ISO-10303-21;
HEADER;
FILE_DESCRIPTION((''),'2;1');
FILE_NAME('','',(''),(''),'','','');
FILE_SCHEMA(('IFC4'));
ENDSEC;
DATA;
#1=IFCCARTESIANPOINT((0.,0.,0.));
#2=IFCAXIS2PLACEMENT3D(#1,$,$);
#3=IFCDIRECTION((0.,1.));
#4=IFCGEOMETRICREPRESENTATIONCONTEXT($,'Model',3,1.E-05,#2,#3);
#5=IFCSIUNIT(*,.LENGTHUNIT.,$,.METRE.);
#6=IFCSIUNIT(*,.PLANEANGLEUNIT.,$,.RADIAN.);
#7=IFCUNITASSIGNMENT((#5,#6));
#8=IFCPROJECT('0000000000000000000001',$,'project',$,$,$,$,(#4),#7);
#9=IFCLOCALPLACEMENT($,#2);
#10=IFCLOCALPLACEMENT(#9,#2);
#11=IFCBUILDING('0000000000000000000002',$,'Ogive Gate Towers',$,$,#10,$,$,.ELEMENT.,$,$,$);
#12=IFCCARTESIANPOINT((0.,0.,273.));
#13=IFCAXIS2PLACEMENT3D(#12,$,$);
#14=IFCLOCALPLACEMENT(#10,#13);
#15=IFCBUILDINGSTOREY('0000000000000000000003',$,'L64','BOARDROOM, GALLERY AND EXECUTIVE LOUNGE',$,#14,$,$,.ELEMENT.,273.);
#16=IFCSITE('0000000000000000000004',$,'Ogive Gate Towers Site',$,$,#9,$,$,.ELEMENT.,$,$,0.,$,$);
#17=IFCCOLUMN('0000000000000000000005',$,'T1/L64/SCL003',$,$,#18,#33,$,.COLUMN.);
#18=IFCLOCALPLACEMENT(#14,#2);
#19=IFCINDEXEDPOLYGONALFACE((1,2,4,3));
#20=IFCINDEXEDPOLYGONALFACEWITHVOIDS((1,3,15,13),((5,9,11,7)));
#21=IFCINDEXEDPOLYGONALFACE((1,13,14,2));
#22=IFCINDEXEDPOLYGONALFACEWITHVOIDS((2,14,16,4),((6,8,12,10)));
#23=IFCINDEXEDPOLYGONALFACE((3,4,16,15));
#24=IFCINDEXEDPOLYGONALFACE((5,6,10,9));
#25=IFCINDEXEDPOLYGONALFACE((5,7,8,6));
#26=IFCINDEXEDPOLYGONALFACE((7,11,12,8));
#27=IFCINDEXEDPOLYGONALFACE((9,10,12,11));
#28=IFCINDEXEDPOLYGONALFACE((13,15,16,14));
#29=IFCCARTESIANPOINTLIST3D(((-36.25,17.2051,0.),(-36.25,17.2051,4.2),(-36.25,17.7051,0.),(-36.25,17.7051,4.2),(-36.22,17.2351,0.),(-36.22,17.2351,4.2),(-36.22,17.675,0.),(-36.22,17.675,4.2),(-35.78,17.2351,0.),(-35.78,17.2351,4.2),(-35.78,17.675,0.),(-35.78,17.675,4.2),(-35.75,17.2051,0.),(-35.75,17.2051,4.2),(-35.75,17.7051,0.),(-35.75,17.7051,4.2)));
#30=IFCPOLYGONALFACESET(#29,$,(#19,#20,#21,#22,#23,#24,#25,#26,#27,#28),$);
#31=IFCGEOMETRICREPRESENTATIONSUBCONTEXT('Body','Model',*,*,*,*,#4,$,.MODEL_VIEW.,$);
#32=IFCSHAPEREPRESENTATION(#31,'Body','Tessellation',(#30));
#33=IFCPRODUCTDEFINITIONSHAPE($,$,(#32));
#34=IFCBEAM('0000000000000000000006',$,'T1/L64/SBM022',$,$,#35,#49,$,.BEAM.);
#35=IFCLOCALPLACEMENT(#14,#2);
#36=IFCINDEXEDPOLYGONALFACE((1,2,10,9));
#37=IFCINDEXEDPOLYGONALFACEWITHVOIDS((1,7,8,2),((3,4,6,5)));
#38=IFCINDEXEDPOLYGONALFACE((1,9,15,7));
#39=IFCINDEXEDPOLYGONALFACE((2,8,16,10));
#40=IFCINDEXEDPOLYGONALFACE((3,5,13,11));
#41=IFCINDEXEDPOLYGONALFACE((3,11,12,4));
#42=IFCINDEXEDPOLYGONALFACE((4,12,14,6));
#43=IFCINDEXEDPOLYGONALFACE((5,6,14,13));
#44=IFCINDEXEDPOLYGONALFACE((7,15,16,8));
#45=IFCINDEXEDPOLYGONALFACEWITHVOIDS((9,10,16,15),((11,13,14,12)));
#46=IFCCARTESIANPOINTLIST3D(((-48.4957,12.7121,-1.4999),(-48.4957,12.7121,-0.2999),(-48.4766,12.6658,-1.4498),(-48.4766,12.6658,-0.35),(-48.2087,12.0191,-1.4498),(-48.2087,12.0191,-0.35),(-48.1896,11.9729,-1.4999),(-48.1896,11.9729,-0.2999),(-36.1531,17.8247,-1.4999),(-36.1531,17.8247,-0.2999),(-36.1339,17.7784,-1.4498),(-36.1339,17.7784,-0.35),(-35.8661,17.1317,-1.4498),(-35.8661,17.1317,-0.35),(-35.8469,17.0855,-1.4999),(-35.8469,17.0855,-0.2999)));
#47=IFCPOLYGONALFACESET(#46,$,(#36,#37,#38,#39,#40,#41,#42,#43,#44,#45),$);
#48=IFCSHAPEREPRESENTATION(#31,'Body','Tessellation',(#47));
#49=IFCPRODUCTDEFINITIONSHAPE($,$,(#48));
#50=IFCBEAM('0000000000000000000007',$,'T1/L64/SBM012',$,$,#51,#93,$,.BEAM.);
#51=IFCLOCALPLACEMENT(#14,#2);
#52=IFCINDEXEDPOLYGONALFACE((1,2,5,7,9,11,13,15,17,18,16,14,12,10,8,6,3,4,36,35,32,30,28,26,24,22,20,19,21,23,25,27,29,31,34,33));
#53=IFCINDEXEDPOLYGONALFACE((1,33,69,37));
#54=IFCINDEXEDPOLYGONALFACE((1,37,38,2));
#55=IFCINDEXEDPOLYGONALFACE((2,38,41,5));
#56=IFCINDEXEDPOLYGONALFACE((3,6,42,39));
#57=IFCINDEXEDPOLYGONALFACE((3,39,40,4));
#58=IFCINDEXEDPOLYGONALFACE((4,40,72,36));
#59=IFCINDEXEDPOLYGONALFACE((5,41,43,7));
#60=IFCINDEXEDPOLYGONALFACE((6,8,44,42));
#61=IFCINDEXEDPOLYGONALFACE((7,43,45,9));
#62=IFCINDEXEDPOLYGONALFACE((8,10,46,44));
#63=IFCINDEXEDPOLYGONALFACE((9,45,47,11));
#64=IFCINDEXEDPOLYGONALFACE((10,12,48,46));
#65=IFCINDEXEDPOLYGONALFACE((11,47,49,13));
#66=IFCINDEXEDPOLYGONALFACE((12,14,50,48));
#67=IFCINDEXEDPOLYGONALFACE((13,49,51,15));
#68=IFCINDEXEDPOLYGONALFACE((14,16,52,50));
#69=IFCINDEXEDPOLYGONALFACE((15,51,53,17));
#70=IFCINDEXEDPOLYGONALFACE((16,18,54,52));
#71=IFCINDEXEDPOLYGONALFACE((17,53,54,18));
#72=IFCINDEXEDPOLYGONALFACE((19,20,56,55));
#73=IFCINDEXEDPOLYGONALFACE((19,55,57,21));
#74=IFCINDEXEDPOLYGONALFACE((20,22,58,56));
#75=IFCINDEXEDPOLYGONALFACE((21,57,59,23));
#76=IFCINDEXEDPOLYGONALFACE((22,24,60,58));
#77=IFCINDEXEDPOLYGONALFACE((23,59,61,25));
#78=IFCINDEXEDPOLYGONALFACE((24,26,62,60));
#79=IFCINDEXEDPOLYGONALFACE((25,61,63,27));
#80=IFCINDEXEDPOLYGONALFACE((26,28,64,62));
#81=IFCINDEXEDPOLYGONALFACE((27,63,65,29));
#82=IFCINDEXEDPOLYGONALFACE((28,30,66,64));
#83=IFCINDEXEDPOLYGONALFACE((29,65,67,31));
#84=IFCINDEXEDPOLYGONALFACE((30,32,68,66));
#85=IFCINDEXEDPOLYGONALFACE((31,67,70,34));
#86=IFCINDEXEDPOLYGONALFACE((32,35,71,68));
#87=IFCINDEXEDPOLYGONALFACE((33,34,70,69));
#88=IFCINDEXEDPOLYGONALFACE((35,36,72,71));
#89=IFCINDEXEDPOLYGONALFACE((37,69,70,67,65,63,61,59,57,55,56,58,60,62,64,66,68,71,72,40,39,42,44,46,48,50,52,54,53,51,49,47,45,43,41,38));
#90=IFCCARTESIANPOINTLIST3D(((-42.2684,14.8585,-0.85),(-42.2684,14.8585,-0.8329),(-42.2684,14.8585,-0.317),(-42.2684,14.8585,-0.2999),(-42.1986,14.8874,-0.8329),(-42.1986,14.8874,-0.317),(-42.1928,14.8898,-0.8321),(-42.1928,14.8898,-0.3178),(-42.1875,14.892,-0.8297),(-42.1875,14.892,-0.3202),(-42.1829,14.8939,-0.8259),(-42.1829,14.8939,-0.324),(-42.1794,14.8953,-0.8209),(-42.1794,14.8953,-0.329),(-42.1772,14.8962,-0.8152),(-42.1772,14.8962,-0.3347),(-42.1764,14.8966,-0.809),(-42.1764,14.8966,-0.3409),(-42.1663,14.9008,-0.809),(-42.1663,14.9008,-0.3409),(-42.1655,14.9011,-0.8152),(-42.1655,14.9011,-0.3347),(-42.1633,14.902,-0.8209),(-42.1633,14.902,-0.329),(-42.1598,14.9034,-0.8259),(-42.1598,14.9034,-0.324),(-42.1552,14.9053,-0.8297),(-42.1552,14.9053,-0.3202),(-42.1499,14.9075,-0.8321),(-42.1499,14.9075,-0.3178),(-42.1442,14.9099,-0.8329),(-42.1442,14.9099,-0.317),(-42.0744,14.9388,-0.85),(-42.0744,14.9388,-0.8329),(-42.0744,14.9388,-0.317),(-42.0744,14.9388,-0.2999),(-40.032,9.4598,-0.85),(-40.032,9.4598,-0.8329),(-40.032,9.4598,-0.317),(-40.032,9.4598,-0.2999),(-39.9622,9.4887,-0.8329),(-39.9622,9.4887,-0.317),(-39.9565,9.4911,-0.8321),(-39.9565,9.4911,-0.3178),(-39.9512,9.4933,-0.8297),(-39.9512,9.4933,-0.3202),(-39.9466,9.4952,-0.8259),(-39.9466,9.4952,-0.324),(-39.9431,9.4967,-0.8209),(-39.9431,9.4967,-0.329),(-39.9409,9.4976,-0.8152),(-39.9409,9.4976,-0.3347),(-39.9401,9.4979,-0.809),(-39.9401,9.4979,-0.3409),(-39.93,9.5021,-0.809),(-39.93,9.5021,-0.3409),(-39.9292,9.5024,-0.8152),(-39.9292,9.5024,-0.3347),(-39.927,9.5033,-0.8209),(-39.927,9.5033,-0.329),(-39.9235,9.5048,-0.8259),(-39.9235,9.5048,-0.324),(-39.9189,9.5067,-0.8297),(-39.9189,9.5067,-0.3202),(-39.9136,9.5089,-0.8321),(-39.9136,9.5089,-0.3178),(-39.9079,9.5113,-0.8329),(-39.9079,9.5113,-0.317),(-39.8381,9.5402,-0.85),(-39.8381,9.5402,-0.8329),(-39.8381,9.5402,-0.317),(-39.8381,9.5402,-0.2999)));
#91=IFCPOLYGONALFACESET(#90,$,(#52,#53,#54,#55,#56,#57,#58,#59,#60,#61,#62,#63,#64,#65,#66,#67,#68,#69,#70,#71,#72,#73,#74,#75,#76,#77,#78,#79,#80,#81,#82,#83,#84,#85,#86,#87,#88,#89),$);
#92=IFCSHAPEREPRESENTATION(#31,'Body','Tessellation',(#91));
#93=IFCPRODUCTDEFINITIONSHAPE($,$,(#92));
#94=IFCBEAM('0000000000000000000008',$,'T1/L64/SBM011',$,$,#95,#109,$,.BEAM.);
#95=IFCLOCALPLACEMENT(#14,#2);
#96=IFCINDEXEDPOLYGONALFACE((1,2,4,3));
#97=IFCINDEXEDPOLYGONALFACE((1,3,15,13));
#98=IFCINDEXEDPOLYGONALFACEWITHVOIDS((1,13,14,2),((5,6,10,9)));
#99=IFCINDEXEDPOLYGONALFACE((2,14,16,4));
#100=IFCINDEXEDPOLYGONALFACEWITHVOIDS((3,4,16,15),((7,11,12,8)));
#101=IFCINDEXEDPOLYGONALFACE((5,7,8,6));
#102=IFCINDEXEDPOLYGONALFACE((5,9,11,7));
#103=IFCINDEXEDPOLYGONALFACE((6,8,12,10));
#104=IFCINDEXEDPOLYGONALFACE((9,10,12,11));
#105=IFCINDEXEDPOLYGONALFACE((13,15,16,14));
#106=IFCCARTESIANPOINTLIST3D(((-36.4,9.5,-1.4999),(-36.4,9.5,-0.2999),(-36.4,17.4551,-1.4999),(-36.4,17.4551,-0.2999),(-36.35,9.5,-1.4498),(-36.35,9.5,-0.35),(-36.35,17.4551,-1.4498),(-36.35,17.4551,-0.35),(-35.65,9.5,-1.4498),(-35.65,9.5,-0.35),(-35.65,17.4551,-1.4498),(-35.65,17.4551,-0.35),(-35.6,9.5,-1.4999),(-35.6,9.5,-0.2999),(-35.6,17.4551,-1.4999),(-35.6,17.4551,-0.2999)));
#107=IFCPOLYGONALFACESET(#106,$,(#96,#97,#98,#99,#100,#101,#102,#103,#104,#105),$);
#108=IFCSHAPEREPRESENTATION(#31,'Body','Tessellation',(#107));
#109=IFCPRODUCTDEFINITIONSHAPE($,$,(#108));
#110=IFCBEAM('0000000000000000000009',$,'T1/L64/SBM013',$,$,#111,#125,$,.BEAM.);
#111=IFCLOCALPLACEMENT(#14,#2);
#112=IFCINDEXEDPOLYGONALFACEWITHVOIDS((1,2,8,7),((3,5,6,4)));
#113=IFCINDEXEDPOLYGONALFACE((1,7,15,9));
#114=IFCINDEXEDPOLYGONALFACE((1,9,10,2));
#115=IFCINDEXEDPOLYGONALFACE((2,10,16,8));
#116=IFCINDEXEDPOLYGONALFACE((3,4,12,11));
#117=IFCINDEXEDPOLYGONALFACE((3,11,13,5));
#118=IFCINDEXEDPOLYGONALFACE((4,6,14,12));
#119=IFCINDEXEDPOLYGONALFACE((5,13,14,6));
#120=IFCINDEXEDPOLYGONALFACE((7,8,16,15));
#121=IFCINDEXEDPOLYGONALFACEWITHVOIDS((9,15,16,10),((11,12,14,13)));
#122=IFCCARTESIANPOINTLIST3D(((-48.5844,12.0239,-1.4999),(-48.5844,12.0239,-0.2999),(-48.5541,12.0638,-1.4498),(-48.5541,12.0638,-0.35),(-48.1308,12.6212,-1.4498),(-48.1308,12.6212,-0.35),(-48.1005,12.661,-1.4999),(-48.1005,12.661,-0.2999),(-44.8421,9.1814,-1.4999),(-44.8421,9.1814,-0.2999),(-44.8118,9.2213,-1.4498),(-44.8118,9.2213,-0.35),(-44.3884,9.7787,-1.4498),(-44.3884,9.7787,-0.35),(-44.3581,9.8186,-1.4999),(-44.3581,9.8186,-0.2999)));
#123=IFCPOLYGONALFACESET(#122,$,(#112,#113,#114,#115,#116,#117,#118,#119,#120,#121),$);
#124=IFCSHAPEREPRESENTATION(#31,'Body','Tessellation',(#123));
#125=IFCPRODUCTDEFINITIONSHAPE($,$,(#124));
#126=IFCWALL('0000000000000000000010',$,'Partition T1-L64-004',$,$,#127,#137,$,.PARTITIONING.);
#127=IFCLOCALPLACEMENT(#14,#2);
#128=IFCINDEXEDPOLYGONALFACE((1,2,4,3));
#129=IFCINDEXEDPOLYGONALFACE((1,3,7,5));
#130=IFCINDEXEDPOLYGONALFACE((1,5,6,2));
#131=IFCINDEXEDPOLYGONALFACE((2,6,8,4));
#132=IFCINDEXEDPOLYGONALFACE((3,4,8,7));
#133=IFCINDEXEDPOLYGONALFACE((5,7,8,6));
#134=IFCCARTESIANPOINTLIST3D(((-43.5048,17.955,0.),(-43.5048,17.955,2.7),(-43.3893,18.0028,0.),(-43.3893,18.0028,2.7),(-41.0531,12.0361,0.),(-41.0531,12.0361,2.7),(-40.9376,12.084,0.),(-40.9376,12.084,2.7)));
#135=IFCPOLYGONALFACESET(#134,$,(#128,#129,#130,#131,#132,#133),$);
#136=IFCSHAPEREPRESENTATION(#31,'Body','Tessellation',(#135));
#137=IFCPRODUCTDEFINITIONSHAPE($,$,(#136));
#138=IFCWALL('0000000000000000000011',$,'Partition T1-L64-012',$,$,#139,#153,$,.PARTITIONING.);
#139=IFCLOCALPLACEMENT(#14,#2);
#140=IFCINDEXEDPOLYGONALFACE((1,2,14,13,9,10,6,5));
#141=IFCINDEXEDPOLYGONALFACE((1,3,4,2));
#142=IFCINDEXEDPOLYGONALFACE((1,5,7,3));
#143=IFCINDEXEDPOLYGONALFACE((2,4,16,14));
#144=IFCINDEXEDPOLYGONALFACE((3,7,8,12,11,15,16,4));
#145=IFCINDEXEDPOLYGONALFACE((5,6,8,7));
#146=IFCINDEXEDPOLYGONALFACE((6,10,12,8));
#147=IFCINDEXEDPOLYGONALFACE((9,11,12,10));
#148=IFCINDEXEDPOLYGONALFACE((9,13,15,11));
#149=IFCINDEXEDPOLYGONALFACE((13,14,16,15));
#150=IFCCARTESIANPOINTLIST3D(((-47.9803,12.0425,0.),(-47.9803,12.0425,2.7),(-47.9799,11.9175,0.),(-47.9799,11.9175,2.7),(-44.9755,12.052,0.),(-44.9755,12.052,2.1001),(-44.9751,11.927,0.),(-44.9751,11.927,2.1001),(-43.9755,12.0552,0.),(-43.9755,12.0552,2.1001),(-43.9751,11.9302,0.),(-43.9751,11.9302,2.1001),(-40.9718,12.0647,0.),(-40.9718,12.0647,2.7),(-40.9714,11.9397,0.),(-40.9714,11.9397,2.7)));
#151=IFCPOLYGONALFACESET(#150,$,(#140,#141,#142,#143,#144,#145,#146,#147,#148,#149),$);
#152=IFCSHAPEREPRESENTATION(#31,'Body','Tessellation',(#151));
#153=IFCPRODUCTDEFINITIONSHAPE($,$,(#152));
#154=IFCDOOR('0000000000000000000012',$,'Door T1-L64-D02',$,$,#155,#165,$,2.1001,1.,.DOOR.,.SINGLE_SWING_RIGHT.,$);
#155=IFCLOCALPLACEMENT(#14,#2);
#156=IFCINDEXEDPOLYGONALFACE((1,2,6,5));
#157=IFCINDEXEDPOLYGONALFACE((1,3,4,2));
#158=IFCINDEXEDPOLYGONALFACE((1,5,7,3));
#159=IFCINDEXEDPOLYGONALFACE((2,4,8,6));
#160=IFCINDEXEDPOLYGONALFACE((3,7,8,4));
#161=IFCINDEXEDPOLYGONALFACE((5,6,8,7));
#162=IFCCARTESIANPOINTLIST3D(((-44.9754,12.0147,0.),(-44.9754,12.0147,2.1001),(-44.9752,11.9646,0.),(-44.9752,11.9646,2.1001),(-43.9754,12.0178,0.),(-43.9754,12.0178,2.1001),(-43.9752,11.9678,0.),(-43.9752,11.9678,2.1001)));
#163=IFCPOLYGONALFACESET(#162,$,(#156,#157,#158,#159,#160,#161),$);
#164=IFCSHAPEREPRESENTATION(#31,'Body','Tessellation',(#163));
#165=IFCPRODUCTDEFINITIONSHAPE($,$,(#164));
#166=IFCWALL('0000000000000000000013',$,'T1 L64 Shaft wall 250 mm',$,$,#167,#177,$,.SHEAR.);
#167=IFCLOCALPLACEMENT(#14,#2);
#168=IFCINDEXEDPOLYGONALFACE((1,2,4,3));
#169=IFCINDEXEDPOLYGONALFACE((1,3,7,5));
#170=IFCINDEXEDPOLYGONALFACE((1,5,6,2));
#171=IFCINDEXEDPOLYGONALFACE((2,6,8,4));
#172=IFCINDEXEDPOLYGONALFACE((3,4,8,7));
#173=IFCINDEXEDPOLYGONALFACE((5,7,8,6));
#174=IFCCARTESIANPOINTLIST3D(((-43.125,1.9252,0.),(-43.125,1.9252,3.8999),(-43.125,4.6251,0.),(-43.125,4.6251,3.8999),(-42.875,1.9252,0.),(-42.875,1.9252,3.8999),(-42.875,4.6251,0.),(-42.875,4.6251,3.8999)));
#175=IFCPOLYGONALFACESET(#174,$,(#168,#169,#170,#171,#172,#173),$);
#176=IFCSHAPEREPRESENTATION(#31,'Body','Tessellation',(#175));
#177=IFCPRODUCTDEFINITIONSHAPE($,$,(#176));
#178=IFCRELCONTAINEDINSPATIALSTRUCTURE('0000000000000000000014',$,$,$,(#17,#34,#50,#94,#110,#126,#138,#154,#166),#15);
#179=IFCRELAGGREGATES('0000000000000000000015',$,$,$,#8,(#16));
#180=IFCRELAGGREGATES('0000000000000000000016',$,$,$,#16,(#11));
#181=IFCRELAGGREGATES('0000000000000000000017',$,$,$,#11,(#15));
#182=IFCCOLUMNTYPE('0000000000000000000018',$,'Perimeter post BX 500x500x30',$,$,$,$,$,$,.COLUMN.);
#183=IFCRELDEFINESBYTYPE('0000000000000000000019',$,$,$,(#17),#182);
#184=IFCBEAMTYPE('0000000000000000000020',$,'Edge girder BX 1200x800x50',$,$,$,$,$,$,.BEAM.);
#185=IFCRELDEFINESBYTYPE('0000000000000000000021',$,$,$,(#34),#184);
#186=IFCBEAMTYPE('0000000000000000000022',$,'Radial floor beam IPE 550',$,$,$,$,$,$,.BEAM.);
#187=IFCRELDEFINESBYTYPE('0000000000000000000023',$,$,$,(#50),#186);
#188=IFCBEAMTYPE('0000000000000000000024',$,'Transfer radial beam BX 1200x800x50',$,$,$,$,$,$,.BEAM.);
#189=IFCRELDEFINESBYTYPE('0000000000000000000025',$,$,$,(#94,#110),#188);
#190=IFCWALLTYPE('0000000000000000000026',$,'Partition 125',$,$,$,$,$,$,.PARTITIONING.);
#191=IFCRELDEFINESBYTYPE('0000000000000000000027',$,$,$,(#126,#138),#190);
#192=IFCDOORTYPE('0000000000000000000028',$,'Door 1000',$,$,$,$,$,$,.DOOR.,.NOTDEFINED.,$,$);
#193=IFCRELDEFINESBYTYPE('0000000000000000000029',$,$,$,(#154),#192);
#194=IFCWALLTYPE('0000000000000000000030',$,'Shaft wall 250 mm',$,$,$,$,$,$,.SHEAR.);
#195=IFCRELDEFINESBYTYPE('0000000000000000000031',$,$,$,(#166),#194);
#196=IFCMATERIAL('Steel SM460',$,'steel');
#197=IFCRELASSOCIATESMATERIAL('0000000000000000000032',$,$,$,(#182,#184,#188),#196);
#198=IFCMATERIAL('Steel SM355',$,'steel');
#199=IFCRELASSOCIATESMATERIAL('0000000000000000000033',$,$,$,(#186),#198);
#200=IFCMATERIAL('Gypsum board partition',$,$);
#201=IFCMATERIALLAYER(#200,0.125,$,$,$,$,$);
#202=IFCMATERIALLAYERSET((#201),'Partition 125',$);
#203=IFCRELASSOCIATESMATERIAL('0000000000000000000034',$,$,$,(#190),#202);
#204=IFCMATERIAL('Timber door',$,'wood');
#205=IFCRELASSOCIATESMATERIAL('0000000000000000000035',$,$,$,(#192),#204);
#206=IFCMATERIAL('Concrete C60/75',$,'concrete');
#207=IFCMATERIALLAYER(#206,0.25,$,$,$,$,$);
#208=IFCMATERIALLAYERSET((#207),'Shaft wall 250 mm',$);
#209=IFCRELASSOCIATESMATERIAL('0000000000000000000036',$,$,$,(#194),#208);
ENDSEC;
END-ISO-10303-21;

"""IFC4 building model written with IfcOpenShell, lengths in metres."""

from ifc_helpers import new_model, si_unit, direction, frame, frame_2d, origin, origin_2d, place, context, subcontext, project, spatial, rectangle, hollow_rectangle, i_section, extrude, material, layer, layer_set, material_profile, profile_set, type_object, element, fill, save


model = new_model("IFC4")

# Units and contexts
model_context = context("Model", 3, precision=1e-05, world=origin(), true_north=direction((0.0, 1.0)))
body_context = subcontext(model_context, "Body", "Model", "MODEL_VIEW")
ifc_project = project(units=[si_unit("LENGTHUNIT", "METRE"), si_unit("PLANEANGLEUNIT", "RADIAN")], contexts=[model_context])

# Site, building, storey
site_placement = place(None, origin())
site = spatial("IfcSite", under=ifc_project, at=site_placement, Name="Ogive Gate Towers Site", CompositionType="ELEMENT", RefElevation=0.0)
building_placement = place(site_placement, origin())
building = spatial("IfcBuilding", under=site, at=building_placement, Name="Ogive Gate Towers", CompositionType="ELEMENT")
storey_placement = place(building_placement, frame((0.0, 0.0, 273.0)))
storey = spatial("IfcBuildingStorey", under=building, at=storey_placement, Name="L64", Description="BOARDROOM, GALLERY AND EXECUTIVE LOUNGE", CompositionType="ELEMENT", Elevation=273.0)

# Column
ifc_material_1 = material(Name="Steel SM460", Category="steel")
ifc_material_profile_1 = material_profile(ifc_material_1, hollow_rectangle(XDim=0.5, YDim=0.5, WallThickness=0.03, at=origin_2d()), Name="BX 500x500x30")
ifc_profile_set_1 = profile_set([ifc_material_profile_1], Name="Steel SM460")
column_type = type_object("IfcColumnType", Name="Perimeter post BX 500x500x30", PredefinedType="COLUMN", material=ifc_profile_set_1)
column_placement = place(storey_placement, frame((-36.0, 17.4551, 0.0), z_axis=(0.0, 0.0, 1.0), x_axis=(1.0, 0.0, 0.0)))
element("IfcColumn", 1, at=column_placement, inside=storey, type_object=column_type, Name="T1/L64/SCL003", PredefinedType="COLUMN", context=body_context, shape_type="SweptSolid", body=[
    extrude(hollow_rectangle(XDim=0.5, YDim=0.5, WallThickness=0.03, at=origin_2d()), origin(), (0.0, 0.0, 1.0), 4.2),
])

# Beams
ifc_material_profile_2 = material_profile(ifc_material_1, hollow_rectangle(XDim=0.8, YDim=1.2, WallThickness=0.05, at=origin_2d()), Name="BX 1200x800x50")
ifc_profile_set_2 = profile_set([ifc_material_profile_2], Name="Steel SM460")
beam_type_1 = type_object("IfcBeamType", Name="Edge girder BX 1200x800x50", PredefinedType="BEAM", material=ifc_profile_set_2)
beam_1_placement = place(storey_placement, frame((-36.0, 17.4551, -0.8999), z_axis=(-0.923877, -0.38269, 0.0), x_axis=(0.38269, -0.923877, 0.0)))
element("IfcBeam", 2, at=beam_1_placement, inside=storey, type_object=beam_type_1, Name="T1/L64/SBM022", PredefinedType="BEAM", context=body_context, shape_type="SweptSolid", body=[
    extrude(hollow_rectangle(XDim=0.8, YDim=1.2, WallThickness=0.05, at=origin_2d()), origin(), (0.0, 0.0, 1.0), 13.3596),
])
ifc_material_2 = material(Name="Steel SM355", Category="steel")
ifc_material_profile_3 = material_profile(ifc_material_2, i_section(OverallWidth=0.21, OverallDepth=0.55, WebThickness=0.011, FlangeThickness=0.0171, FilletRadius=0.0239, at=origin_2d()), Name="IPE 550")
ifc_profile_set_3 = profile_set([ifc_material_profile_3], Name="Steel SM355")
beam_type_2 = type_object("IfcBeamType", Name="Radial floor beam IPE 550", PredefinedType="BEAM", material=ifc_profile_set_3)
beam_2_placement = place(storey_placement, frame((-39.9351, 9.5, -0.575), z_axis=(-0.382701, 0.923872, 0.0), x_axis=(-0.923872, -0.382701, 0.0)))
element("IfcBeam", 3, at=beam_2_placement, inside=storey, type_object=beam_type_2, Name="T1/L64/SBM012", PredefinedType="BEAM", context=body_context, shape_type="SweptSolid", body=[
    extrude(i_section(OverallWidth=0.21, OverallDepth=0.55, WebThickness=0.011, FlangeThickness=0.0171, FilletRadius=0.0239, at=origin_2d()), origin(), (0.0, 0.0, 1.0), 5.8435),
])
ifc_material_profile_4 = material_profile(ifc_material_1, hollow_rectangle(XDim=0.8, YDim=1.2, WallThickness=0.05, at=origin_2d()), Name="BX 1200x800x50")
ifc_profile_set_4 = profile_set([ifc_material_profile_4], Name="Steel SM460")
beam_type_3 = type_object("IfcBeamType", Name="Transfer radial beam BX 1200x800x50", PredefinedType="BEAM", material=ifc_profile_set_4)
beam_3_placement = place(storey_placement, frame((-36.0, 9.5, -0.8999), z_axis=(0.0, 1.0, 0.0), x_axis=(-1.0, 0.0, 0.0)))
element("IfcBeam", 4, at=beam_3_placement, inside=storey, type_object=beam_type_3, Name="T1/L64/SBM011", PredefinedType="BEAM", context=body_context, shape_type="SweptSolid", body=[
    extrude(hollow_rectangle(XDim=0.8, YDim=1.2, WallThickness=0.05, at=origin_2d()), origin(), (0.0, 0.0, 1.0), 7.9551),
])
beam_4_placement = place(storey_placement, frame((-44.6001, 9.5, -0.8999), z_axis=(-0.796338, 0.604851, 0.0), x_axis=(-0.604851, -0.796338, 0.0)))
element("IfcBeam", 5, at=beam_4_placement, inside=storey, type_object=beam_type_3, Name="T1/L64/SBM013", PredefinedType="BEAM", context=body_context, shape_type="SweptSolid", body=[
    extrude(hollow_rectangle(XDim=0.8, YDim=1.2, WallThickness=0.05, at=origin_2d()), origin(), (0.0, 0.0, 1.0), 4.6995),
])

# Wall
ifc_material_3 = material(Name="Gypsum board partition")
ifc_layer_1 = layer(ifc_material_3, 0.125)
ifc_layer_set_1 = layer_set([ifc_layer_1], Name="Partition 125")
wall_type_1 = type_object("IfcWallType", Name="Partition 125", PredefinedType="PARTITIONING", material=ifc_layer_set_1)
wall_1_placement = place(storey_placement, frame((-43.447, 17.9788, 0.0), z_axis=(0.0, 0.0, 1.0), x_axis=(0.382691, -0.923877, 0.0)))
element("IfcWall", 6, at=wall_1_placement, inside=storey, type_object=wall_type_1, Name="Partition T1-L64-004", PredefinedType="PARTITIONING", context=body_context, shape_type="SweptSolid", body=[
    extrude(rectangle(XDim=6.4065, YDim=0.125, at=frame_2d((3.2031, 0.0))), origin(), (0.0, 0.0, 1.0), 2.7),
])

# Wall, opening, door
wall_2_placement = place(storey_placement, frame((-40.9714, 12.0022, 0.0), z_axis=(0.0, 0.0, 1.0), x_axis=(-0.999995, -0.00317, 0.0)))
wall_2 = element("IfcWall", 7, at=wall_2_placement, inside=storey, type_object=wall_type_1, Name="Partition T1-L64-012", PredefinedType="PARTITIONING", context=body_context, shape_type="SweptSolid", body=[
    extrude(rectangle(XDim=7.0085, YDim=0.125, at=frame_2d((3.5044, 0.0))), origin(), (0.0, 0.0, 1.0), 2.7),
])
opening_1_placement = place(wall_2_placement, frame((3.0039, 0.0, 0.0)))
opening_1 = element("IfcOpeningElement", 8, at=opening_1_placement, cuts=wall_2, PredefinedType="OPENING", context=body_context, shape_type="SweptSolid", body=[
    extrude(rectangle(XDim=1.0, YDim=2.1001, at=frame_2d((0.5, 1.05))), frame((0.0, 0.0725, 0.0), z_axis=(0.0, -1.0, 0.0), x_axis=(1.0, 0.0, 0.0)), (0.0, 0.0, 1.0), 0.145),
])
ifc_material_4 = material(Name="Timber door", Category="wood")
door_type_1 = type_object("IfcDoorType", Name="Door 1000", OperationType="NOTDEFINED", PredefinedType="DOOR", material=ifc_material_4)
door_1_placement = place(opening_1_placement, origin())
door_1 = element("IfcDoor", 9, at=door_1_placement, inside=storey, type_object=door_type_1, Name="Door T1-L64-D02", OperationType="SINGLE_SWING_RIGHT", OverallHeight=2.1001, OverallWidth=1.0, PredefinedType="DOOR", context=body_context, shape_type="SweptSolid", body=[
    extrude(rectangle(XDim=1.0, YDim=2.1001, at=frame_2d((0.5, 1.05))), frame((0.0, 0.0249, 0.0), z_axis=(0.0, -1.0, 0.0), x_axis=(1.0, 0.0, 0.0)), (0.0, 0.0, 1.0), 0.05),
])
fill(opening_1, door_1)

# Wall
ifc_material_5 = material(Name="Concrete C60/75", Category="concrete")
ifc_layer_2 = layer(ifc_material_5, 0.25)
ifc_layer_set_2 = layer_set([ifc_layer_2], Name="Shaft wall 250 mm")
wall_type_2 = type_object("IfcWallType", Name="Shaft wall 250 mm", PredefinedType="SHEAR", material=ifc_layer_set_2)
for number, where, z_axis, x_axis, name in (
    (10, (-43.0, 1.925, 0.0), (0.0, 0.0, 1.0), (0.0, 1.0, 0.0), "T1 L64 Shaft wall 250 mm"),
):
    element("IfcWall", number, at=place(storey_placement, frame(where, z_axis=z_axis, x_axis=x_axis)), inside=storey, type_object=wall_type_2, Name=name, PredefinedType="SHEAR", context=body_context, shape_type="SweptSolid", body=[
        extrude(rectangle(XDim=2.7, YDim=0.25, at=frame_2d((1.3501, 0.0))), origin(), (0.0, 0.0, 1.0), 3.8999),
    ])

save(model, "model.ifc")
